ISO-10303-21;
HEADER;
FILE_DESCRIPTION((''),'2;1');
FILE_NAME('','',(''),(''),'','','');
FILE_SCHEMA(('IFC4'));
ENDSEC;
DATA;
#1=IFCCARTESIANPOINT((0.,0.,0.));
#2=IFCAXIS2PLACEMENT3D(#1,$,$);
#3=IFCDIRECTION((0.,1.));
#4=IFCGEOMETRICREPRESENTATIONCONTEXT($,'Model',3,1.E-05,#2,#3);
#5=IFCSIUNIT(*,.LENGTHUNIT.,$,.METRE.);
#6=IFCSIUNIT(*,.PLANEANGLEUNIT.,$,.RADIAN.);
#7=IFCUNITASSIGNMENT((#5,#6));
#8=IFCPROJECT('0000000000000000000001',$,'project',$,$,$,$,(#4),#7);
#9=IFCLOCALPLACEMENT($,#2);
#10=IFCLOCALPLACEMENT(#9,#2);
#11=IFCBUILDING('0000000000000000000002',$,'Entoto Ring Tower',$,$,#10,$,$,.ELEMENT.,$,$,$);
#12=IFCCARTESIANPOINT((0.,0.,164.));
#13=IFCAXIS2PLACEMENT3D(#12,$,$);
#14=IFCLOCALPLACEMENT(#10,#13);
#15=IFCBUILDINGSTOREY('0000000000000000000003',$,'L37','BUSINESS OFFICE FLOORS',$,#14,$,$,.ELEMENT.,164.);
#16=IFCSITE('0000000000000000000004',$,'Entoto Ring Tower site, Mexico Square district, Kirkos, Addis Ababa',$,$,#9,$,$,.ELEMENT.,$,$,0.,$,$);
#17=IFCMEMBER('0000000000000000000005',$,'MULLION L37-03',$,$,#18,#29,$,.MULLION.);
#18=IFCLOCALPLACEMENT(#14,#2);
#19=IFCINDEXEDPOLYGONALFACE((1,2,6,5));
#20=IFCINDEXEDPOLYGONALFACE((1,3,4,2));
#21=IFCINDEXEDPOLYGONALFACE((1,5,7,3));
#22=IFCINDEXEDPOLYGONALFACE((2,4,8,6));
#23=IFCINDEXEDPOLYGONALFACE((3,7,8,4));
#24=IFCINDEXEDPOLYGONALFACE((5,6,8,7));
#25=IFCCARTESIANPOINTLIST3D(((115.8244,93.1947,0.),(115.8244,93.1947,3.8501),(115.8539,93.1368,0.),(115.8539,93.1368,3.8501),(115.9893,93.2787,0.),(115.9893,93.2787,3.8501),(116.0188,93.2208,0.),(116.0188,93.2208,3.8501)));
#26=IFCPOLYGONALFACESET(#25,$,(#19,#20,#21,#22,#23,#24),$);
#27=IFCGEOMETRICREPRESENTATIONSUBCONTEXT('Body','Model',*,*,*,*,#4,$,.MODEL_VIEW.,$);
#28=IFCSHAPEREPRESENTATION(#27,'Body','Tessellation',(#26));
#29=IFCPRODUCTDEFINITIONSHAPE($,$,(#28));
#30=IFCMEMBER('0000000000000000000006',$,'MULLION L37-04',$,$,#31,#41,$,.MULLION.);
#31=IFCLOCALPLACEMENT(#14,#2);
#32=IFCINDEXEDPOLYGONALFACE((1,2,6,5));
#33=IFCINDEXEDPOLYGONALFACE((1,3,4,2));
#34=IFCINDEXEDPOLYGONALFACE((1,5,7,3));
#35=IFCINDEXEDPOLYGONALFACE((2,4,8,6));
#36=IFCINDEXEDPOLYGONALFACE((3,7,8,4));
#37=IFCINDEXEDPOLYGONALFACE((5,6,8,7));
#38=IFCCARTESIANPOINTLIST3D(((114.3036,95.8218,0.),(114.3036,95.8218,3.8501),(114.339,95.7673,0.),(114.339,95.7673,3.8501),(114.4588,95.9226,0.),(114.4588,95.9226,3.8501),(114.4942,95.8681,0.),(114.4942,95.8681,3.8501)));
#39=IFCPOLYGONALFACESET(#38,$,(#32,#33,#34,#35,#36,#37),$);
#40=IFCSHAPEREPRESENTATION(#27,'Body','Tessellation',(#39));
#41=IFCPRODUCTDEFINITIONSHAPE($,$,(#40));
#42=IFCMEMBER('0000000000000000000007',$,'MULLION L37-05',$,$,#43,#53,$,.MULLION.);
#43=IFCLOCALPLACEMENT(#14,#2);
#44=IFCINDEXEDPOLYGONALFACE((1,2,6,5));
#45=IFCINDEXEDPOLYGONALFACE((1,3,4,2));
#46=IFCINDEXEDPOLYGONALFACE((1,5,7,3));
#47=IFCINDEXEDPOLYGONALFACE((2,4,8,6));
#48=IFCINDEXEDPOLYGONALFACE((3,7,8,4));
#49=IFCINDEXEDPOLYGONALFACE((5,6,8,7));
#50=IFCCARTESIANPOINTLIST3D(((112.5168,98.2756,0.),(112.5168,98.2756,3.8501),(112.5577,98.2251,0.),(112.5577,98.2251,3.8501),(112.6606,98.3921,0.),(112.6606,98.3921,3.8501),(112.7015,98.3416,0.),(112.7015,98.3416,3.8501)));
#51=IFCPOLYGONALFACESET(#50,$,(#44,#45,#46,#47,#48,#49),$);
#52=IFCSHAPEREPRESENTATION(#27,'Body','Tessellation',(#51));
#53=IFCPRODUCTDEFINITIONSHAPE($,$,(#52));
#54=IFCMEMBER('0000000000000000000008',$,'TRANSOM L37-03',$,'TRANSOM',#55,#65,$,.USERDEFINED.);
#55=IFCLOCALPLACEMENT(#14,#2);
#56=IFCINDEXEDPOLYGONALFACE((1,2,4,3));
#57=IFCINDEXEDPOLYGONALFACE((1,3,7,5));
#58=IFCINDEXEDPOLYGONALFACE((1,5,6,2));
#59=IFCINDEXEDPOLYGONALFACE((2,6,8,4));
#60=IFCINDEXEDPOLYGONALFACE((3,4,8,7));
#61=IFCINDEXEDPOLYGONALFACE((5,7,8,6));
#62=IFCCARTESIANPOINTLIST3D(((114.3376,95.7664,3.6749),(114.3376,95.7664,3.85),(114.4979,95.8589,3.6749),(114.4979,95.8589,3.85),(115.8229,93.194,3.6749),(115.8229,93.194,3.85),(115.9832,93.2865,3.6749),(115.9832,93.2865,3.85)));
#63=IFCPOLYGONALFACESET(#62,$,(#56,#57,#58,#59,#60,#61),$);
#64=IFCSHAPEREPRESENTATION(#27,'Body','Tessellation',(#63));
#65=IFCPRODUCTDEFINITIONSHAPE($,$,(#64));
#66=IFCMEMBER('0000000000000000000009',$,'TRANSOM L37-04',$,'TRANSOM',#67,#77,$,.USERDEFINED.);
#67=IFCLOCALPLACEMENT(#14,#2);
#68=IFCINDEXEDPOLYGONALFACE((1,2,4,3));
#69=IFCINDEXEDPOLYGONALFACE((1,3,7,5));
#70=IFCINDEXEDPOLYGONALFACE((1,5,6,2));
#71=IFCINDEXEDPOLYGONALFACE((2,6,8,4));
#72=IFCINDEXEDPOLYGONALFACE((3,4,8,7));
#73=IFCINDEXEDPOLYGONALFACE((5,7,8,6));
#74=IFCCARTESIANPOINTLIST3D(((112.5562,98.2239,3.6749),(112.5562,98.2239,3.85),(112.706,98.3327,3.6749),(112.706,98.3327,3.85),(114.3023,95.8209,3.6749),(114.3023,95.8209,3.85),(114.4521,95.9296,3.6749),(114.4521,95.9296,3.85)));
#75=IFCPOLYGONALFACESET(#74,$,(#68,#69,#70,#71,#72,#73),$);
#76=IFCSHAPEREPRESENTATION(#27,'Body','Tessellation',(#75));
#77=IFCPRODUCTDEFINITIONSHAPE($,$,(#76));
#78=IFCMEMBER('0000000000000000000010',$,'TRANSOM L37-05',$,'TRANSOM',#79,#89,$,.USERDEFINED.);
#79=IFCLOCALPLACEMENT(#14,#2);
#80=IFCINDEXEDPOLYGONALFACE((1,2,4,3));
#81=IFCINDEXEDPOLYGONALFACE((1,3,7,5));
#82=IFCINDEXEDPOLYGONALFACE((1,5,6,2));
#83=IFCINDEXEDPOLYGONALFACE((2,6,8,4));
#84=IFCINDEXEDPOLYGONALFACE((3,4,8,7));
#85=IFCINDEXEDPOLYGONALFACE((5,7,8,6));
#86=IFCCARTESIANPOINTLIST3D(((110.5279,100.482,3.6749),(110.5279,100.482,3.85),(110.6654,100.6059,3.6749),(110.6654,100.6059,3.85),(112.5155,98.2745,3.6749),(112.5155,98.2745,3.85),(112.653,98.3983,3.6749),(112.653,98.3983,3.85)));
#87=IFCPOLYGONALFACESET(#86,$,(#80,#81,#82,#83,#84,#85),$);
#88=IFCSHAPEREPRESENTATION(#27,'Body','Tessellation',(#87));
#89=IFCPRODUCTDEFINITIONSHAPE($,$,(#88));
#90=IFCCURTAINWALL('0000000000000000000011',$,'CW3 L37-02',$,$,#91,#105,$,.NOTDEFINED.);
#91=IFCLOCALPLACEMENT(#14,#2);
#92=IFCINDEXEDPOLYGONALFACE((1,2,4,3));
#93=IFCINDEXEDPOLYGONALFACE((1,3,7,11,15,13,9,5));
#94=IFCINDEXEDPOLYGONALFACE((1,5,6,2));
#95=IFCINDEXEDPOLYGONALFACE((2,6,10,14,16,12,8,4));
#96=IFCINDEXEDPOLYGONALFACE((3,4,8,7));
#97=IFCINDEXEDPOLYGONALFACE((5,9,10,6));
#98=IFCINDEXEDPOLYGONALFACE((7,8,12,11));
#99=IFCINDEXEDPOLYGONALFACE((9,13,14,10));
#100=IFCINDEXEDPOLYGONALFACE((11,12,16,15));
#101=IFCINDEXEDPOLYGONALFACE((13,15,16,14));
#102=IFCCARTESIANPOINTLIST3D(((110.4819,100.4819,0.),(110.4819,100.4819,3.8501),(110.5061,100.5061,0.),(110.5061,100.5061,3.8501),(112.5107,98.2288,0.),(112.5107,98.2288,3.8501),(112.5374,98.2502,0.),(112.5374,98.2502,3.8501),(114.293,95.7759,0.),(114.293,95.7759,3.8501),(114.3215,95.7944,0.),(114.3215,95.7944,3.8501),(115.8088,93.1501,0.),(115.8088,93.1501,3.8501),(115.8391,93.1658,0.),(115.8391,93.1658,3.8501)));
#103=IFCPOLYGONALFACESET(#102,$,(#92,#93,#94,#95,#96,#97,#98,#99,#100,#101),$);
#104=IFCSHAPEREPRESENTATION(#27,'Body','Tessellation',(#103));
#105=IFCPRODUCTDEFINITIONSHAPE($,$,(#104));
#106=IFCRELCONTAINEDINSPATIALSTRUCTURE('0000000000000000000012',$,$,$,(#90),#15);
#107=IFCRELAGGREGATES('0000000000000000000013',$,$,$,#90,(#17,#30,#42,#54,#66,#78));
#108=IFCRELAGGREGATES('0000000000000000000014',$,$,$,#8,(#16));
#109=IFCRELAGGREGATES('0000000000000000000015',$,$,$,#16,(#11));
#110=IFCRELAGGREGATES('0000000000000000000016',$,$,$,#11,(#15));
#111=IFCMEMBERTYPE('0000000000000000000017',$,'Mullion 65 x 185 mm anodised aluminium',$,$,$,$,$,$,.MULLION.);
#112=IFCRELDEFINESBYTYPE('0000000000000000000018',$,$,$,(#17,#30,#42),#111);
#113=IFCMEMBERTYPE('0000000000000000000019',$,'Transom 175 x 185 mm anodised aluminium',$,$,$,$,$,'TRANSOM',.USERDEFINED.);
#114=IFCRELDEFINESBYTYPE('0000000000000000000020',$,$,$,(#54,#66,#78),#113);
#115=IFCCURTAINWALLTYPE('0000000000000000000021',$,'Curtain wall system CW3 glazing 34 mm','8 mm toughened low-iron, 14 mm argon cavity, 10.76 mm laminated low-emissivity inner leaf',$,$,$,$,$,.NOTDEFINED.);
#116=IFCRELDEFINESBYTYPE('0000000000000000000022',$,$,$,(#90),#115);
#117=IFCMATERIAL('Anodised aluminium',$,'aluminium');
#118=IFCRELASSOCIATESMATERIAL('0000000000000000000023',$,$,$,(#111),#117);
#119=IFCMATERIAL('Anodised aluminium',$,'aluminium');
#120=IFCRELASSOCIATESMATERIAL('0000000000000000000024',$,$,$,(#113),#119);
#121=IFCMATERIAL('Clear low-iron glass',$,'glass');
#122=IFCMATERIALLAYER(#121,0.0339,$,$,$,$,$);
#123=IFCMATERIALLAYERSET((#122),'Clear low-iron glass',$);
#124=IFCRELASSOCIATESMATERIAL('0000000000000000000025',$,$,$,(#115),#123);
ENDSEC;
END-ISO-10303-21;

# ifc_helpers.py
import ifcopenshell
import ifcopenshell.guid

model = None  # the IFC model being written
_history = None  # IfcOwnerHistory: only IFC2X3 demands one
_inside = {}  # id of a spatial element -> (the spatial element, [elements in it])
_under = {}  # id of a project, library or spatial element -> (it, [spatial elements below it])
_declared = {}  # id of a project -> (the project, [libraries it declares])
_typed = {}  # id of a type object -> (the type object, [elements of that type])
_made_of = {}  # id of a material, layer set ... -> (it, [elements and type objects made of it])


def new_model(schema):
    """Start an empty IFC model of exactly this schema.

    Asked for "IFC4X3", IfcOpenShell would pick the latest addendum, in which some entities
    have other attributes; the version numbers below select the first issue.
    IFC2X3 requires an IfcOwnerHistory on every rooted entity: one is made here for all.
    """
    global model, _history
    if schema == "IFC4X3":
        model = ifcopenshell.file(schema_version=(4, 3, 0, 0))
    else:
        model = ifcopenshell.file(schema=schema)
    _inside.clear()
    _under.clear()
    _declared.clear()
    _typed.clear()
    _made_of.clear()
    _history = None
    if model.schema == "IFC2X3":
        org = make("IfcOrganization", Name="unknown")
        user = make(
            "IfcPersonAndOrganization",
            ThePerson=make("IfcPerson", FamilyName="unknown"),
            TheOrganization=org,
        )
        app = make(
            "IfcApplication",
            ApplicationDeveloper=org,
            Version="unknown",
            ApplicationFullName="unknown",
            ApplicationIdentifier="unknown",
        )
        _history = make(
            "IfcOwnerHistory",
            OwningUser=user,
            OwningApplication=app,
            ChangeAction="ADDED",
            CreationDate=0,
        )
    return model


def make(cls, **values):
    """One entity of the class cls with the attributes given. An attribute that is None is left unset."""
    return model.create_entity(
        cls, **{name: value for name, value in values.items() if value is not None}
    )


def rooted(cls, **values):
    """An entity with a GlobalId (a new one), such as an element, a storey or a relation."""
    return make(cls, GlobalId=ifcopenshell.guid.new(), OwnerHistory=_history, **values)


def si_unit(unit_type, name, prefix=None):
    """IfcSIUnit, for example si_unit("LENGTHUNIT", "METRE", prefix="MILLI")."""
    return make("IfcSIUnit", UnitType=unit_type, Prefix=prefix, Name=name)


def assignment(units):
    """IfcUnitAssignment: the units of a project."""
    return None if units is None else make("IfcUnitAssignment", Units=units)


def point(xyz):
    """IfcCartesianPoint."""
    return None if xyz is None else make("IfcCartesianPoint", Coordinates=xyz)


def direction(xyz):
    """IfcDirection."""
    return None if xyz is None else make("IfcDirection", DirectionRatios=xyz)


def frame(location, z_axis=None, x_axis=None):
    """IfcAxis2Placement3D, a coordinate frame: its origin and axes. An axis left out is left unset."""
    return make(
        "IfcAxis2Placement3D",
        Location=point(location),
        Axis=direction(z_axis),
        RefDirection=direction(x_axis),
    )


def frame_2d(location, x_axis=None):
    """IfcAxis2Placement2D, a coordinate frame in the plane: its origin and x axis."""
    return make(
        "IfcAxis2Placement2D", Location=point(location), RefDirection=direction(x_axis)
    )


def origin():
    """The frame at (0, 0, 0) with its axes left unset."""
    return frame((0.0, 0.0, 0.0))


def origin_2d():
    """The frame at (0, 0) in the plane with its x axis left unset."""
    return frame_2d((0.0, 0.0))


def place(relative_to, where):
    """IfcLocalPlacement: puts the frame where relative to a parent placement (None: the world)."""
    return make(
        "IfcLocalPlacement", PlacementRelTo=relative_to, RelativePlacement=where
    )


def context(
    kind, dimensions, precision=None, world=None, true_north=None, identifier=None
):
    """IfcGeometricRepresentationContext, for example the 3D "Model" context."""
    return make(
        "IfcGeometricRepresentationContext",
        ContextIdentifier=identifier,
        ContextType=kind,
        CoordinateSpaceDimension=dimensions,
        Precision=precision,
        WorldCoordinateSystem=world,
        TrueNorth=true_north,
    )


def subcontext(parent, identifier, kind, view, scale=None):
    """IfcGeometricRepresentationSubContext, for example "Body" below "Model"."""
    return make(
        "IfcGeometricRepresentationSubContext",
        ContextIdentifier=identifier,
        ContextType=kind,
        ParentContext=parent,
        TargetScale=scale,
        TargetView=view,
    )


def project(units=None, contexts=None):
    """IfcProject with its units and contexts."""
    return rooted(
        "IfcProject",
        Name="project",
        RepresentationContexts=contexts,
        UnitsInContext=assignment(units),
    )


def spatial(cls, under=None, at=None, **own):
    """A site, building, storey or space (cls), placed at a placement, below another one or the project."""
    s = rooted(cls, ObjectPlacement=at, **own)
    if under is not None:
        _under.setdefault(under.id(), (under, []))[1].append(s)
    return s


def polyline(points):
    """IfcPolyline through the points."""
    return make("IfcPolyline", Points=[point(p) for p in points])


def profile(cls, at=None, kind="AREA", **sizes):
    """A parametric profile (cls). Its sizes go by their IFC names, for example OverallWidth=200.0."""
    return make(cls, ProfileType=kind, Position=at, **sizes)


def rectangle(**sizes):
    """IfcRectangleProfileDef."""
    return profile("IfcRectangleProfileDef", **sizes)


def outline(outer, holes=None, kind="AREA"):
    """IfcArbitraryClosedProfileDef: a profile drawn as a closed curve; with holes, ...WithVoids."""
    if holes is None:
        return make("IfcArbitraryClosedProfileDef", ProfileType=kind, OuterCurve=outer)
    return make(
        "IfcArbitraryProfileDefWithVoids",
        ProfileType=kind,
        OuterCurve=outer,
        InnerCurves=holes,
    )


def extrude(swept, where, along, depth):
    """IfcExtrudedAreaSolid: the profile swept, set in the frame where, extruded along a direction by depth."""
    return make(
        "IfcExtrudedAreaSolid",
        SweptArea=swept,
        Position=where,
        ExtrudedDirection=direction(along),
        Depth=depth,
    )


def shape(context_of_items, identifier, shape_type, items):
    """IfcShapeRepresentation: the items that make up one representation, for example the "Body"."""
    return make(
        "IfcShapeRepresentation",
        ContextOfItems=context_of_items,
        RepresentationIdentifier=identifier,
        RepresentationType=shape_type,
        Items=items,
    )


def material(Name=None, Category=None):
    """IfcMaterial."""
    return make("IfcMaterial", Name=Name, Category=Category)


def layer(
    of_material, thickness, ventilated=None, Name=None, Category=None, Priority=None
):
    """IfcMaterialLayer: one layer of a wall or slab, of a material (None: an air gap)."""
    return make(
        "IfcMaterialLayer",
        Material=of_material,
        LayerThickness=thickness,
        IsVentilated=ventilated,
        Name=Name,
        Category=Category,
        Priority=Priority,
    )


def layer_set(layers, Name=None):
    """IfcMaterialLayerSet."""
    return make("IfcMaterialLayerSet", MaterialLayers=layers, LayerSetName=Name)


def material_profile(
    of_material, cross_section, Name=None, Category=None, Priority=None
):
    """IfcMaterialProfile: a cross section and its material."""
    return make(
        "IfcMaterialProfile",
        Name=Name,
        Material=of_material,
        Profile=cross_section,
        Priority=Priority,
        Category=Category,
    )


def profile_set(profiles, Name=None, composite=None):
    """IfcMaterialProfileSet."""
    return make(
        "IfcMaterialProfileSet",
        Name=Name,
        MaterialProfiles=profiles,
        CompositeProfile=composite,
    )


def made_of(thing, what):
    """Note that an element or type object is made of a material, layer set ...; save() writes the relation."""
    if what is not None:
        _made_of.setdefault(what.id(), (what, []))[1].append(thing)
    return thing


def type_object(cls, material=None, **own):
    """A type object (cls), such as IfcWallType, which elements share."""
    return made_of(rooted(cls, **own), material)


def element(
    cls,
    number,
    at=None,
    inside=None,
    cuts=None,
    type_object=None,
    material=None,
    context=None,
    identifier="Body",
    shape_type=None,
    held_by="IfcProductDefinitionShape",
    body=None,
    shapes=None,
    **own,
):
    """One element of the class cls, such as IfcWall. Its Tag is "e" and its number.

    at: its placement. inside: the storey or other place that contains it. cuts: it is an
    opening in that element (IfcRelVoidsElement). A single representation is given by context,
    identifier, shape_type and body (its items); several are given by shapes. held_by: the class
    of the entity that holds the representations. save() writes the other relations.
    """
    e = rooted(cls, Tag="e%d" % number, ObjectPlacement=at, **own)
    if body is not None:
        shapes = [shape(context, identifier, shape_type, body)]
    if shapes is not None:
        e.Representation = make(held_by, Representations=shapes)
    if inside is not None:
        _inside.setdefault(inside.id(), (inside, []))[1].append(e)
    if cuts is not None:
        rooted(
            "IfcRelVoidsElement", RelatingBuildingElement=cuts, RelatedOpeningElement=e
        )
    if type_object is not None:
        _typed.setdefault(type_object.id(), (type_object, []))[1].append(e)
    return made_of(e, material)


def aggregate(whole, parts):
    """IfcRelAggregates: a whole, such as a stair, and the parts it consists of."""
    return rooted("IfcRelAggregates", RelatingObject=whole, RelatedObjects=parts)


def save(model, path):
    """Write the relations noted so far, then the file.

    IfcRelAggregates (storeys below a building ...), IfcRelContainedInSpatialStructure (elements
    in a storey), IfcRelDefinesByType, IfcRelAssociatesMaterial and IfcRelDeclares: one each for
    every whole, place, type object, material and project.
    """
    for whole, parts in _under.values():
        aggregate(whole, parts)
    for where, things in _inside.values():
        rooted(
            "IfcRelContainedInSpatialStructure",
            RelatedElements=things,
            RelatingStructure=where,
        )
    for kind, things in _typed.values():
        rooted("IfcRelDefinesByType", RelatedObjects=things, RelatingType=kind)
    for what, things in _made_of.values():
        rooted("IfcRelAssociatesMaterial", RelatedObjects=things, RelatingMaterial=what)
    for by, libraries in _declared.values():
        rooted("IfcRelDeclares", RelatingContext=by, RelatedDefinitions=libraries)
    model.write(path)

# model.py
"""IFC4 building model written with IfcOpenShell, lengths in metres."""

from ifc_helpers import new_model, si_unit, direction, frame, origin, origin_2d, place, context, subcontext, project, spatial, polyline, rectangle, outline, extrude, material, layer, layer_set, material_profile, profile_set, type_object, element, aggregate, save


model = new_model("IFC4")

# Units and contexts
model_context = context("Model", 3, precision=1e-05, world=origin(), true_north=direction((0.0, 1.0)))
body_context = subcontext(model_context, "Body", "Model", "MODEL_VIEW")
ifc_project = project(units=[si_unit("LENGTHUNIT", "METRE"), si_unit("PLANEANGLEUNIT", "RADIAN")], contexts=[model_context])

# Members
ifc_material_1 = material(Name="Anodised aluminium", Category="aluminium")
ifc_material_profile_1 = material_profile(ifc_material_1, rectangle(XDim=0.0649, YDim=0.1851, at=origin_2d()), Name="Mullion 65 x 185 mm anodised aluminium")
ifc_profile_set_1 = profile_set([ifc_material_profile_1], Name="Anodised aluminium")
member_type_1 = type_object("IfcMemberType", Name="Mullion 65 x 185 mm anodised aluminium", PredefinedType="MULLION", material=ifc_profile_set_1)
site_placement = place(None, origin())
building_placement = place(site_placement, origin())
storey_placement = place(building_placement, frame((0.0, 0.0, 164.0)))
member_1_placement = place(storey_placement, frame((115.9216, 93.2078, 0.0), z_axis=(0.0, 0.0, 1.0), x_axis=(-0.45399, 0.891007, 0.0)))
member_1 = element("IfcMember", 1, at=member_1_placement, type_object=member_type_1, Name="MULLION L37-03", PredefinedType="MULLION", context=body_context, shape_type="SweptSolid", body=[
    extrude(rectangle(XDim=0.0649, YDim=0.1851, at=origin_2d()), origin(), (0.0, 0.0, 1.0), 3.8501),
])
member_2_placement = place(storey_placement, frame((114.3989, 95.845, 0.0), z_axis=(0.0, 0.0, 1.0), x_axis=(-0.544639, 0.838671, 0.0)))
member_2 = element("IfcMember", 2, at=member_2_placement, type_object=member_type_1, Name="MULLION L37-04", PredefinedType="MULLION", context=body_context, shape_type="SweptSolid", body=[
    extrude(rectangle(XDim=0.0649, YDim=0.1851, at=origin_2d()), origin(), (0.0, 0.0, 1.0), 3.8501),
])
member_3_placement = place(storey_placement, frame((112.6091, 98.3086, 0.0), z_axis=(0.0, 0.0, 1.0), x_axis=(-0.62932, 0.777146, 0.0)))
member_3 = element("IfcMember", 3, at=member_3_placement, type_object=member_type_1, Name="MULLION L37-05", PredefinedType="MULLION", context=body_context, shape_type="SweptSolid", body=[
    extrude(rectangle(XDim=0.0649, YDim=0.1851, at=origin_2d()), origin(), (0.0, 0.0, 1.0), 3.8501),
])
ifc_material_2 = material(Name="Anodised aluminium", Category="aluminium")
ifc_material_profile_2 = material_profile(ifc_material_2, rectangle(XDim=0.1851, YDim=0.175, at=origin_2d()), Name="Transom 175 x 185 mm anodised aluminium")
ifc_profile_set_2 = profile_set([ifc_material_profile_2], Name="Anodised aluminium")
member_type_2 = type_object("IfcMemberType", Name="Transom 175 x 185 mm anodised aluminium", ElementType="TRANSOM", PredefinedType="USERDEFINED", material=ifc_profile_set_2)
member_4_placement = place(storey_placement, frame((115.9031, 93.2402, 3.7625), z_axis=(-0.500028, 0.866009, 0.0), x_axis=(-0.866009, -0.500028, 0.0)))
member_4 = element("IfcMember", 4, at=member_4_placement, type_object=member_type_2, Name="TRANSOM L37-03", ObjectType="TRANSOM", PredefinedType="USERDEFINED", context=body_context, shape_type="SweptSolid", body=[
    extrude(rectangle(XDim=0.1851, YDim=0.175, at=origin_2d()), origin(), (0.0, 0.0, 1.0), 2.9705),
])
member_5_placement = place(storey_placement, frame((114.3772, 95.8752, 3.7625), z_axis=(-0.58782, 0.808992, 0.0), x_axis=(-0.808992, -0.58782, 0.0)))
member_5 = element("IfcMember", 5, at=member_5_placement, type_object=member_type_2, Name="TRANSOM L37-04", ObjectType="TRANSOM", PredefinedType="USERDEFINED", context=body_context, shape_type="SweptSolid", body=[
    extrude(rectangle(XDim=0.1851, YDim=0.175, at=origin_2d()), origin(), (0.0, 0.0, 1.0), 2.9705),
])
member_6_placement = place(storey_placement, frame((112.5842, 98.3364, 3.7625), z_axis=(-0.66911, 0.743163, 0.0), x_axis=(-0.743163, -0.66911, 0.0)))
member_6 = element("IfcMember", 6, at=member_6_placement, type_object=member_type_2, Name="TRANSOM L37-05", ObjectType="TRANSOM", PredefinedType="USERDEFINED", context=body_context, shape_type="SweptSolid", body=[
    extrude(rectangle(XDim=0.1851, YDim=0.175, at=origin_2d()), origin(), (0.0, 0.0, 1.0), 2.9705),
])

# Site, building, storey
site = spatial("IfcSite", under=ifc_project, at=site_placement, Name="Entoto Ring Tower site, Mexico Square district, Kirkos, Addis Ababa", CompositionType="ELEMENT", RefElevation=0.0)
building = spatial("IfcBuilding", under=site, at=building_placement, Name="Entoto Ring Tower", CompositionType="ELEMENT")
storey = spatial("IfcBuildingStorey", under=building, at=storey_placement, Name="L37", Description="BUSINESS OFFICE FLOORS", CompositionType="ELEMENT", Elevation=164.0)

# Curtain wall
ifc_material_3 = material(Name="Clear low-iron glass", Category="glass")
ifc_layer_1 = layer(ifc_material_3, 0.0339)
ifc_layer_set_1 = layer_set([ifc_layer_1], Name="Clear low-iron glass")
curtain_wall_type = type_object("IfcCurtainWallType", Name="Curtain wall system CW3 glazing 34 mm", Description="8 mm toughened low-iron, 14 mm argon cavity, 10.76 mm laminated low-emissivity inner leaf", PredefinedType="NOTDEFINED", material=ifc_layer_set_1)
curtain_wall_1_placement = place(storey_placement, origin())
curtain_wall_1 = element("IfcCurtainWall", 7, at=curtain_wall_1_placement, inside=storey, type_object=curtain_wall_type, Name="CW3 L37-02", PredefinedType="NOTDEFINED", context=body_context, shape_type="SweptSolid", body=[
    extrude(outline(polyline([(115.8391, 93.1658), (114.3215, 95.7944), (112.5374, 98.2502), (110.5061, 100.5061), (110.4819, 100.4819), (112.5107, 98.2288), (114.293, 95.7759), (115.8088, 93.1501), (115.8391, 93.1658)])), origin(), (0.0, 0.0, 1.0), 3.8501),
])
aggregate(curtain_wall_1, [member_1, member_2, member_3, member_4, member_5, member_6])

save(model, "model.ifc")
